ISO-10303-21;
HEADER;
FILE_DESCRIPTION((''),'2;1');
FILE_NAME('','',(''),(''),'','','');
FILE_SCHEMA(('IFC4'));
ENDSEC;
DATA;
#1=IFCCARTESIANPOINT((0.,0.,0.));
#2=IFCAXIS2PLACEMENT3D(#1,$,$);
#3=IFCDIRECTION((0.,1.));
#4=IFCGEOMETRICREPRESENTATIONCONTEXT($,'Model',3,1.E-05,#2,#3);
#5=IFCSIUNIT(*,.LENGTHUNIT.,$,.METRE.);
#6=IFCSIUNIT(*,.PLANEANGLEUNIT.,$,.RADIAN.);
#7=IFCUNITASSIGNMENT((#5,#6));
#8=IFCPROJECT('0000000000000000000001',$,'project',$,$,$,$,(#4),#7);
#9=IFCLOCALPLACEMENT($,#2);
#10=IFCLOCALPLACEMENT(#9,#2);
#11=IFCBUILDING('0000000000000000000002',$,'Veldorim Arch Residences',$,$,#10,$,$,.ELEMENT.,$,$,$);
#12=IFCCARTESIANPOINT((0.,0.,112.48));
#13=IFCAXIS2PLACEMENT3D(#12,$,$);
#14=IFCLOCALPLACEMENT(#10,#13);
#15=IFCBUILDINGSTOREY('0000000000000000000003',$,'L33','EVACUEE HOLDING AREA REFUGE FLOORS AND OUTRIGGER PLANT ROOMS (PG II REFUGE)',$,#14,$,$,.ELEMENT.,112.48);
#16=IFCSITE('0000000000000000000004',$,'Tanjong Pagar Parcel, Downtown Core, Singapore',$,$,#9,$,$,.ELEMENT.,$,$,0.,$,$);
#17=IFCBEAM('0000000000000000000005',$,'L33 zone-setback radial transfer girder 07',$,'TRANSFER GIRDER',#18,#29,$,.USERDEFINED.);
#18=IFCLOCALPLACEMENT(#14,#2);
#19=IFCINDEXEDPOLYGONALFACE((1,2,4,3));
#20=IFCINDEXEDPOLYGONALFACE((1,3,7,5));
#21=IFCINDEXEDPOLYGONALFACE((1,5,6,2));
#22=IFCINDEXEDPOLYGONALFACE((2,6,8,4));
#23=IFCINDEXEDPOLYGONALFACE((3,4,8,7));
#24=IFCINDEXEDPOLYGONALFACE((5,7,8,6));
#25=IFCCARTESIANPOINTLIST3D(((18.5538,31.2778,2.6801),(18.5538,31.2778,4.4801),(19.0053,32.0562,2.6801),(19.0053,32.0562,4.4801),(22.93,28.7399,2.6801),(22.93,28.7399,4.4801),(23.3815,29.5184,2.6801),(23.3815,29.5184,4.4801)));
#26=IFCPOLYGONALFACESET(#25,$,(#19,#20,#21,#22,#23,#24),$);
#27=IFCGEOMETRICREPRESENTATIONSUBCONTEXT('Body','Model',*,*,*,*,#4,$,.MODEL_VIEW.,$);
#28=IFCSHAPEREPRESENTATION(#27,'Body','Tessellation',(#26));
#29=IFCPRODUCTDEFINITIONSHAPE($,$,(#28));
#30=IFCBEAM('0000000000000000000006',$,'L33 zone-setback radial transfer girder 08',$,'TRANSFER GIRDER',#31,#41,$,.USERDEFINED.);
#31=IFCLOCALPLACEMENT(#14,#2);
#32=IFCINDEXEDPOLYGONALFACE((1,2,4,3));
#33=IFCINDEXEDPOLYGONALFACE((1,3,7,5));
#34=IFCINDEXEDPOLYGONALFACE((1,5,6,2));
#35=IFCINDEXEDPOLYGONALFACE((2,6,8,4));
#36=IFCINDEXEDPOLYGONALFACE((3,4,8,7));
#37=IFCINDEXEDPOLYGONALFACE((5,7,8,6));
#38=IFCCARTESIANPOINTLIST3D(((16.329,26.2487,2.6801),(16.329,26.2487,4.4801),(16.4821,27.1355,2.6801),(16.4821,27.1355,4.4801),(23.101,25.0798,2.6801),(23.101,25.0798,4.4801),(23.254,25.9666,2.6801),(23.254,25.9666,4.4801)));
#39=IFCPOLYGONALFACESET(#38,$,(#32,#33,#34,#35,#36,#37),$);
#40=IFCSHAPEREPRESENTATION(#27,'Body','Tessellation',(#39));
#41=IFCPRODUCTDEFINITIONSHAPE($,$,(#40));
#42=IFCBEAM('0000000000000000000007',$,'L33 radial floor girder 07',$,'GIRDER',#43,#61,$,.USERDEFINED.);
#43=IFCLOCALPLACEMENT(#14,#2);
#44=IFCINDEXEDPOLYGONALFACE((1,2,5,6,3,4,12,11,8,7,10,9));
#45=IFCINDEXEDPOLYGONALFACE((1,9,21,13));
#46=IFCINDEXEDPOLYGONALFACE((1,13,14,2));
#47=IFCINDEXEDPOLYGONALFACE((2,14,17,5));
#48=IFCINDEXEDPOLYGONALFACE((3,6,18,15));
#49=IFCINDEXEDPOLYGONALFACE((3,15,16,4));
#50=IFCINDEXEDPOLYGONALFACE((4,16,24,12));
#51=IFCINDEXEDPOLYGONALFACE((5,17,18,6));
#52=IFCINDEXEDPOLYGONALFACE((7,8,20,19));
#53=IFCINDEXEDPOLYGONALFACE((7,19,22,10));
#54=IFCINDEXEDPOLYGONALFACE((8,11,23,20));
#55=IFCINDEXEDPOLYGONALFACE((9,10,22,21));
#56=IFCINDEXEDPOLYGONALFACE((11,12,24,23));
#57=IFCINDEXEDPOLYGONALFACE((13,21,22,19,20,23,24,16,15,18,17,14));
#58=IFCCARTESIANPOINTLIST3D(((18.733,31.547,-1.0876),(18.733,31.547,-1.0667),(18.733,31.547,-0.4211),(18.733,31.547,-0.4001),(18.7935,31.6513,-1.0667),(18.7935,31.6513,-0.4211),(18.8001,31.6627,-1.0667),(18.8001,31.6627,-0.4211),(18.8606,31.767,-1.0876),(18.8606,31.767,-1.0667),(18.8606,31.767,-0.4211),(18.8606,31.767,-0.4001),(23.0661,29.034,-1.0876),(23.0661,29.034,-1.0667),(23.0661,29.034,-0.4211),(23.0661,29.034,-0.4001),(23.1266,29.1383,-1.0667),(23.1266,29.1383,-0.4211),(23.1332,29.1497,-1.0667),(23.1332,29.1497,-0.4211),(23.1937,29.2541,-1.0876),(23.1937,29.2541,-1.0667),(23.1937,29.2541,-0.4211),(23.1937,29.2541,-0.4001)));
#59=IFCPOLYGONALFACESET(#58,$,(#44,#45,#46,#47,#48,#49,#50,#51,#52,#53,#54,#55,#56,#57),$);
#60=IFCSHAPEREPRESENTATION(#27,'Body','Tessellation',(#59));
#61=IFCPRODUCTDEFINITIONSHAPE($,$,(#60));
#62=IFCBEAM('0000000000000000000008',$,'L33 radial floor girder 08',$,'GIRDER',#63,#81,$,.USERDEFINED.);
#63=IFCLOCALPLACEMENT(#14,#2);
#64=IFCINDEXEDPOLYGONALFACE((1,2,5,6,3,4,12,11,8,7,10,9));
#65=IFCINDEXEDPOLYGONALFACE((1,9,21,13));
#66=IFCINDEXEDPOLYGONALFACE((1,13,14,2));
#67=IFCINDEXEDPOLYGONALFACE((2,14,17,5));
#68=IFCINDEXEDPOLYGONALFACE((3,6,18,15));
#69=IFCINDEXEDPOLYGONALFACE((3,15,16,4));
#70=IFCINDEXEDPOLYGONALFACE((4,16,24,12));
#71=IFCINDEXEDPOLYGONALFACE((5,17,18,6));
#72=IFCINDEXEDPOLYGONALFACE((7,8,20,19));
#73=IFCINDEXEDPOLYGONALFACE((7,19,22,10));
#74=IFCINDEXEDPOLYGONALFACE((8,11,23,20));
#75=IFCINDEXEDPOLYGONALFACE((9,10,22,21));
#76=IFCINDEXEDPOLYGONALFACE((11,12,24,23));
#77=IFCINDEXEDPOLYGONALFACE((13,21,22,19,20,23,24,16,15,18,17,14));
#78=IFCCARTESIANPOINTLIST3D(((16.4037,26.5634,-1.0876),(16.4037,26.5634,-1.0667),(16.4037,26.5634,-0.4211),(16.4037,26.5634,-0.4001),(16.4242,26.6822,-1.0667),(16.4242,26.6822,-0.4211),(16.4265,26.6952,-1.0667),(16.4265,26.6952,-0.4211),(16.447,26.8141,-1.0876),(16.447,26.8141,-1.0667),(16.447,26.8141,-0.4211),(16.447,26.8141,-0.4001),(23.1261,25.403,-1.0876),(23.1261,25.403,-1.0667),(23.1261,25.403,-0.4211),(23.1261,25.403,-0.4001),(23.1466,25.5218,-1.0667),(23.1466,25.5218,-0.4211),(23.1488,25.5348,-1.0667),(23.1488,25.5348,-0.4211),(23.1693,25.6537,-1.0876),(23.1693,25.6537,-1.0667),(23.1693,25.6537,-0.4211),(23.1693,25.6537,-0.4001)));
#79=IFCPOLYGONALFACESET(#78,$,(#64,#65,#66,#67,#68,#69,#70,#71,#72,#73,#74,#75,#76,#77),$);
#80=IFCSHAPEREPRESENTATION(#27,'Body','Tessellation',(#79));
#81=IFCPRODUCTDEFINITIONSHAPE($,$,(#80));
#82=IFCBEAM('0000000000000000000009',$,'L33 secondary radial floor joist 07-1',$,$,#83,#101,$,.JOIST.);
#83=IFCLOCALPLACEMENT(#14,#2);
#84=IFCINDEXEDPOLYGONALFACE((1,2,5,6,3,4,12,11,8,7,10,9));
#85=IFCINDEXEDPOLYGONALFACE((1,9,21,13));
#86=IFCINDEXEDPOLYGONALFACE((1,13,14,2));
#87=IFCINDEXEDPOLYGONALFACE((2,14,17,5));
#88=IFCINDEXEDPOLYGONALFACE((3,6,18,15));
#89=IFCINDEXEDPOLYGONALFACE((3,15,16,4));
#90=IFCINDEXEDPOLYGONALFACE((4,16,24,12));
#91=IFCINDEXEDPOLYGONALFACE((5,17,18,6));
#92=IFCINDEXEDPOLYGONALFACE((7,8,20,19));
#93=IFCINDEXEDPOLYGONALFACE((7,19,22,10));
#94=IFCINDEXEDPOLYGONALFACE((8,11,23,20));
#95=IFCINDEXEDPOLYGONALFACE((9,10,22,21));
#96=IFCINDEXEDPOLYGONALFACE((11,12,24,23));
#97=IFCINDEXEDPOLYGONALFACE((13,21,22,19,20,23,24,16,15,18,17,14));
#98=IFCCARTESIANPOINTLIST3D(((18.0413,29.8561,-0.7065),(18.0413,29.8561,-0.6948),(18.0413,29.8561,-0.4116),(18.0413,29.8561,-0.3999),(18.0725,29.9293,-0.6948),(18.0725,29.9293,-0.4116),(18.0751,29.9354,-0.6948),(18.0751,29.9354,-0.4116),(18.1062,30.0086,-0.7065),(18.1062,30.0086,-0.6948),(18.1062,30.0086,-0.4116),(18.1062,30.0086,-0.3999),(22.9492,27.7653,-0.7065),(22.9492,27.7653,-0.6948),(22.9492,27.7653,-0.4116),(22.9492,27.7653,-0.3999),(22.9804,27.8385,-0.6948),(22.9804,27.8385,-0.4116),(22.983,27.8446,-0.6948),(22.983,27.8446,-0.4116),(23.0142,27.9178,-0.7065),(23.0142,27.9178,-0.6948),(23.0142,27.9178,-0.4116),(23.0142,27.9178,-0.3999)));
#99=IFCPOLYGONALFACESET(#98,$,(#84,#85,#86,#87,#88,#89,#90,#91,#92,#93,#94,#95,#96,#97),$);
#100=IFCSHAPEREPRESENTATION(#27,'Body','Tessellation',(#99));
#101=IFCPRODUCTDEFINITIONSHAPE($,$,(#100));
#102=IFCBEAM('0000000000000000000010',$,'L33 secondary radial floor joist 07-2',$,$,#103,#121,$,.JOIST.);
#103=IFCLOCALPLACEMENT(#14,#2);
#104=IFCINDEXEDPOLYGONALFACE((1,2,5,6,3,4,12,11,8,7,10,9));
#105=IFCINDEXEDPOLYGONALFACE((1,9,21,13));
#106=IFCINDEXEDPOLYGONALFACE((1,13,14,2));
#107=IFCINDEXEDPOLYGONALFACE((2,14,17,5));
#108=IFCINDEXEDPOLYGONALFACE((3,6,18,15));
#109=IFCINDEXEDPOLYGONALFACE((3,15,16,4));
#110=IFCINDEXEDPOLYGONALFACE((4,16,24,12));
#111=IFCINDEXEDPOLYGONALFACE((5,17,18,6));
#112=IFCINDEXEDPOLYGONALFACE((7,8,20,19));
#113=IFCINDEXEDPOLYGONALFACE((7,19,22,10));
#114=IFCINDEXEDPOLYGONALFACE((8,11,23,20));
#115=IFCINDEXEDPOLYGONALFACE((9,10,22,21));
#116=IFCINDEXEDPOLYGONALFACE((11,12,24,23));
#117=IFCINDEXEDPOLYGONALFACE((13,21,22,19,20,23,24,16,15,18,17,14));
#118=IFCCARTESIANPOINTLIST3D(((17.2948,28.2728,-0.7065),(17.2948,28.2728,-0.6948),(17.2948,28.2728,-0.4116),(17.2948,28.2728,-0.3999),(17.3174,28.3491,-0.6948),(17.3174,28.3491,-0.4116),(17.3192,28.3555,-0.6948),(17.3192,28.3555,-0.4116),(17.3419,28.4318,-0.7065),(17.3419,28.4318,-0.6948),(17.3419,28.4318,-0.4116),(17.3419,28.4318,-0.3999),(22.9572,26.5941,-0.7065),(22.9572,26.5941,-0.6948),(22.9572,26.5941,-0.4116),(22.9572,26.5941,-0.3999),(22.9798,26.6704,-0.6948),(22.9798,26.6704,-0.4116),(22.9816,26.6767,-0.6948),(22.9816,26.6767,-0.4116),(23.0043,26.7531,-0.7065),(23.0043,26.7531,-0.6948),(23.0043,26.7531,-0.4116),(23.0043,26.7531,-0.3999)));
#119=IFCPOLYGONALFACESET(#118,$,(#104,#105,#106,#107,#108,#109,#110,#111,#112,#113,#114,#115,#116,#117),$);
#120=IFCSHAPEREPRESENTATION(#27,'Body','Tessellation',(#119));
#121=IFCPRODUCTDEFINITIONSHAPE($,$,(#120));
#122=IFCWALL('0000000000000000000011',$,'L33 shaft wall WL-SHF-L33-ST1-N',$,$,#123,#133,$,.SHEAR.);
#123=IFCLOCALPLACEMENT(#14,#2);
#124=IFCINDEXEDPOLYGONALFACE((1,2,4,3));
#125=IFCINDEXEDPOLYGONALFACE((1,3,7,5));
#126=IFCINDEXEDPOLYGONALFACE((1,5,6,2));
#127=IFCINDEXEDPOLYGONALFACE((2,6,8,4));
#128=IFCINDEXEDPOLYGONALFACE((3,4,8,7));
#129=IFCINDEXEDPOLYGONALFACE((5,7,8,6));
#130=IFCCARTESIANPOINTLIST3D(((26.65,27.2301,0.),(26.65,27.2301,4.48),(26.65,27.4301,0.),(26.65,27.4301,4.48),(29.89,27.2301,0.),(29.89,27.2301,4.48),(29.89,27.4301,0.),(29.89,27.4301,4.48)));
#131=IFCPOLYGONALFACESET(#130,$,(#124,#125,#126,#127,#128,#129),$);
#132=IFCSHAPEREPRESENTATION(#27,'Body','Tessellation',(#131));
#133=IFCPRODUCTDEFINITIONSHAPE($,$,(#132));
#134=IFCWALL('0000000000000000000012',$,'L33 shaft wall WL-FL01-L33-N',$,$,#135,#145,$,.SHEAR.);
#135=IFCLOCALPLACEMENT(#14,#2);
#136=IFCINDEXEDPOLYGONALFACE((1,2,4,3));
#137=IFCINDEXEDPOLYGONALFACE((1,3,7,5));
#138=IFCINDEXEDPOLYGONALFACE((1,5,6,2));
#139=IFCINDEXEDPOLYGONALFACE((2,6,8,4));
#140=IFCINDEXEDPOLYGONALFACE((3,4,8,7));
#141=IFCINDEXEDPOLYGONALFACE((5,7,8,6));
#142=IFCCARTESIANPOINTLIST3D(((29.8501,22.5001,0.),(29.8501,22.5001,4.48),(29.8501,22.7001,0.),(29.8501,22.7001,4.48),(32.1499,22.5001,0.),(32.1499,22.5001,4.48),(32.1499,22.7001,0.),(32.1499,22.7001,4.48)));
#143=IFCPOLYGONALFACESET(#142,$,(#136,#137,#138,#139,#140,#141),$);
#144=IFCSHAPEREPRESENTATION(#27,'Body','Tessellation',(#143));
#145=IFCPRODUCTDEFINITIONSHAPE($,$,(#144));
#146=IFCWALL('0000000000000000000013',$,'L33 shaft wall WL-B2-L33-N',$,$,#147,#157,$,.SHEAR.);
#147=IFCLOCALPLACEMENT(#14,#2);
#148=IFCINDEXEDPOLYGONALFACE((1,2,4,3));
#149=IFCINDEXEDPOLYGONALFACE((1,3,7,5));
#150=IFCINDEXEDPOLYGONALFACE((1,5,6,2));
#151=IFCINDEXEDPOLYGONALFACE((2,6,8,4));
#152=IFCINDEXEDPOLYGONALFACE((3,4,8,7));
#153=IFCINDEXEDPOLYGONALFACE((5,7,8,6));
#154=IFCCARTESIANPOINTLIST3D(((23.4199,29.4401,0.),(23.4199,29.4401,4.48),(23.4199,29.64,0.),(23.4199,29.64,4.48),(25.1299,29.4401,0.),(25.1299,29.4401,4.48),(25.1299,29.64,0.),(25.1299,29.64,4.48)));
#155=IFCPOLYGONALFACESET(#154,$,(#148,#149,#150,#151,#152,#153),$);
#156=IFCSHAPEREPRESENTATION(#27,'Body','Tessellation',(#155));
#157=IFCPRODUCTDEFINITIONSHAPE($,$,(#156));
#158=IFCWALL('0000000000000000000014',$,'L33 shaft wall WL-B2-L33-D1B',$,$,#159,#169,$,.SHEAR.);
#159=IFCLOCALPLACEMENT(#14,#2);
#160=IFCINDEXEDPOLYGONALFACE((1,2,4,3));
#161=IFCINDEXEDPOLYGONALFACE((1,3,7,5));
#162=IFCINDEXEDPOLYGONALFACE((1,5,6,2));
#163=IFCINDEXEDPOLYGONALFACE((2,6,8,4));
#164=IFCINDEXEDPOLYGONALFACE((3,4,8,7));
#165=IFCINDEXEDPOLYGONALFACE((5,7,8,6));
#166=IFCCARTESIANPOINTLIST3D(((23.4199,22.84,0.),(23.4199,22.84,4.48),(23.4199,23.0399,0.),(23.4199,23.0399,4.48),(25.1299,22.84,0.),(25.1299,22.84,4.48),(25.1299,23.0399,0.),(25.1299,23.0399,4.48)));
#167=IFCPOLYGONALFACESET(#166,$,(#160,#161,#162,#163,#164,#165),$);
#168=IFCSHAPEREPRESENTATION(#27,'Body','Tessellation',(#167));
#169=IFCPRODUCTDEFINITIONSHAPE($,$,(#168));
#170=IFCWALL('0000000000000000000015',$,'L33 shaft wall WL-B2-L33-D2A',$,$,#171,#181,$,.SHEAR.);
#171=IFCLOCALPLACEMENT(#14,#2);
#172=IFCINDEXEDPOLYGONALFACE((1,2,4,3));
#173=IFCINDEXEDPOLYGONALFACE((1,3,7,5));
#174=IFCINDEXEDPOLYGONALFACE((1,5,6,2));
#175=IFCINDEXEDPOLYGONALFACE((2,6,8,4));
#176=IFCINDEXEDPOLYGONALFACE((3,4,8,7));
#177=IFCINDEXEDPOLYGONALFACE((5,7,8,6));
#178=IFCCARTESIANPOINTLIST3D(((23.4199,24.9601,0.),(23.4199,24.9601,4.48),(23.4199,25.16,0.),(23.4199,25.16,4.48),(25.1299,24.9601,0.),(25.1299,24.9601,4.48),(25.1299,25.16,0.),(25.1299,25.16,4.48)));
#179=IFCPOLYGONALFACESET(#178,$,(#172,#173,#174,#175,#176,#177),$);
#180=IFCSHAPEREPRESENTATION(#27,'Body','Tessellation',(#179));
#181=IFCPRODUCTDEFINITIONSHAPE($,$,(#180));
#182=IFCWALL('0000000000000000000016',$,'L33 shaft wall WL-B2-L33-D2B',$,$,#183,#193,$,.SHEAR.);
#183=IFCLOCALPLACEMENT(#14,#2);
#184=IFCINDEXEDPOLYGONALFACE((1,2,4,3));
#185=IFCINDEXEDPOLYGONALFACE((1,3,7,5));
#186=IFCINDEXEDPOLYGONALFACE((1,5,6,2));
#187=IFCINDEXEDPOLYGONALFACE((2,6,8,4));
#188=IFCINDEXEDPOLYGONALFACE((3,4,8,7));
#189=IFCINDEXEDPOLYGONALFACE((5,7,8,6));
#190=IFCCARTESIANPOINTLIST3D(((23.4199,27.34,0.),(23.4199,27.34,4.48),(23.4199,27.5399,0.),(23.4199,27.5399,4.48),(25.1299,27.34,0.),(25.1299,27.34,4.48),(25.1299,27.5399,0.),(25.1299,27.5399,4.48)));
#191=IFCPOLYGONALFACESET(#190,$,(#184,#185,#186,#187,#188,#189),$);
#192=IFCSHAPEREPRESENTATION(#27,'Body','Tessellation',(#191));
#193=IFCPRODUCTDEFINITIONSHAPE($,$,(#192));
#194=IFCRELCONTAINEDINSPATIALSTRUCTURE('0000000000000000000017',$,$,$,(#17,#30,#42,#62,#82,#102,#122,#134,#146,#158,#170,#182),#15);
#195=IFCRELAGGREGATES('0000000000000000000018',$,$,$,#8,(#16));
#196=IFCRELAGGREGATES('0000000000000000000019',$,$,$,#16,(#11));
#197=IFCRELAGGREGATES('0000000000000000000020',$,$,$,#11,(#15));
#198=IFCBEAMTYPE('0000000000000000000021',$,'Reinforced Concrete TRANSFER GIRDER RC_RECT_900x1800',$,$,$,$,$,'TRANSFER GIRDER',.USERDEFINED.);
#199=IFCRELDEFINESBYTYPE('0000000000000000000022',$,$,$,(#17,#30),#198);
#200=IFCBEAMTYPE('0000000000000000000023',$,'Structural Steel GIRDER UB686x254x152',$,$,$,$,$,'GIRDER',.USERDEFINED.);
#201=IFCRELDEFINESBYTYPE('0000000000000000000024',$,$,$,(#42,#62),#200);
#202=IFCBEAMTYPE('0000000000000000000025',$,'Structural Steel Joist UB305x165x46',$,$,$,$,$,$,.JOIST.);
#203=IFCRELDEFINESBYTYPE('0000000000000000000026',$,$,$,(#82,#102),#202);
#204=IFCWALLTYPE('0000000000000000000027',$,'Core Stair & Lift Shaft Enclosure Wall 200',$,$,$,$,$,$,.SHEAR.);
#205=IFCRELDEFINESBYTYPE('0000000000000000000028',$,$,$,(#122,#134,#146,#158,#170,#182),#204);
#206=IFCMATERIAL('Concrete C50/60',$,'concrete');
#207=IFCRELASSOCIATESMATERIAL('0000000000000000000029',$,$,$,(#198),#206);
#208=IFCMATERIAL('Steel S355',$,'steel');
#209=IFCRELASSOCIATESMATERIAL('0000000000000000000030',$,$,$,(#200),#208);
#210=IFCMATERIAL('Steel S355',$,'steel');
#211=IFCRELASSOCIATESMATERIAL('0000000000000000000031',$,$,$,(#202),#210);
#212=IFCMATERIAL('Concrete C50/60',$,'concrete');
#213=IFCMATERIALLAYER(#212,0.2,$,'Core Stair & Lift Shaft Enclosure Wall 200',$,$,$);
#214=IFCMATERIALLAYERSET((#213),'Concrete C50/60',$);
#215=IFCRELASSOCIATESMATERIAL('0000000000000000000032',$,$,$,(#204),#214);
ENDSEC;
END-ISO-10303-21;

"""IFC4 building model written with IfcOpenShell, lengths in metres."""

from ifc_helpers import new_model, si_unit, direction, frame, frame_2d, origin, origin_2d, place, context, subcontext, project, spatial, rectangle, i_section, extrude, material, layer, layer_set, material_profile, profile_set, type_object, element, save


model = new_model("IFC4")

# Units and contexts
model_context = context("Model", 3, precision=1e-05, world=origin(), true_north=direction((0.0, 1.0)))
body_context = subcontext(model_context, "Body", "Model", "MODEL_VIEW")
ifc_project = project(units=[si_unit("LENGTHUNIT", "METRE"), si_unit("PLANEANGLEUNIT", "RADIAN")], contexts=[model_context])

# Site, building, storey
site_placement = place(None, origin())
site = spatial("IfcSite", under=ifc_project, at=site_placement, Name="Tanjong Pagar Parcel, Downtown Core, Singapore", CompositionType="ELEMENT", RefElevation=0.0)
building_placement = place(site_placement, origin())
building = spatial("IfcBuilding", under=site, at=building_placement, Name="Veldorim Arch Residences", CompositionType="ELEMENT")
storey_placement = place(building_placement, frame((0.0, 0.0, 112.48)))
storey = spatial("IfcBuildingStorey", under=building, at=storey_placement, Name="L33", Description="EVACUEE HOLDING AREA REFUGE FLOORS AND OUTRIGGER PLANT ROOMS (PG II REFUGE)", CompositionType="ELEMENT", Elevation=112.48)

# Beams
ifc_material_1 = material(Name="Concrete C50/60", Category="concrete")
ifc_material_profile_1 = material_profile(ifc_material_1, rectangle(XDim=0.8999, YDim=1.8, at=origin_2d()), Name="RC_RECT_900x1800")
ifc_profile_set_1 = profile_set([ifc_material_profile_1], Name="Concrete C50/60")
beam_type_1 = type_object("IfcBeamType", Name="Reinforced Concrete TRANSFER GIRDER RC_RECT_900x1800", ElementType="TRANSFER GIRDER", PredefinedType="USERDEFINED", material=ifc_profile_set_1)
beam_1_placement = place(storey_placement, frame((23.1558, 29.1292, 3.5801), z_axis=(-0.865063, 0.501664, 0.0), x_axis=(-0.501664, -0.865063, 0.0)))
element("IfcBeam", 1, at=beam_1_placement, inside=storey, type_object=beam_type_1, Name="L33 zone-setback radial transfer girder 07", ObjectType="TRANSFER GIRDER", PredefinedType="USERDEFINED", context=body_context, shape_type="SweptSolid", body=[
    extrude(rectangle(XDim=0.8999, YDim=1.8, at=origin_2d()), origin(), (0.0, 0.0, 1.0), 5.0588),
])
beam_2_placement = place(storey_placement, frame((23.1775, 25.5232, 3.5801), z_axis=(-0.985427, 0.1701, 0.0), x_axis=(-0.1701, -0.985427, 0.0)))
element("IfcBeam", 2, at=beam_2_placement, inside=storey, type_object=beam_type_1, Name="L33 zone-setback radial transfer girder 08", ObjectType="TRANSFER GIRDER", PredefinedType="USERDEFINED", context=body_context, shape_type="SweptSolid", body=[
    extrude(rectangle(XDim=0.8999, YDim=1.8, at=origin_2d()), origin(), (0.0, 0.0, 1.0), 6.8721),
])
ifc_material_2 = material(Name="Steel S355", Category="steel")
ifc_material_profile_2 = material_profile(ifc_material_2, i_section(OverallWidth=0.2544, OverallDepth=0.6875, WebThickness=0.0132, FlangeThickness=0.021, at=origin_2d()), Name="UB686x254x152")
ifc_profile_set_2 = profile_set([ifc_material_profile_2], Name="Steel S355")
beam_type_2 = type_object("IfcBeamType", Name="Structural Steel GIRDER UB686x254x152", ElementType="GIRDER", PredefinedType="USERDEFINED", material=ifc_profile_set_2)
beam_3_placement = place(storey_placement, frame((23.1299, 29.144, -0.7439), z_axis=(-0.865049, 0.501687, 0.0), x_axis=(-0.501687, -0.865049, 0.0)))
element("IfcBeam", 3, at=beam_3_placement, inside=storey, type_object=beam_type_2, Name="L33 radial floor girder 07", ObjectType="GIRDER", PredefinedType="USERDEFINED", context=body_context, shape_type="SweptSolid", body=[
    extrude(i_section(OverallWidth=0.2544, OverallDepth=0.6875, WebThickness=0.0132, FlangeThickness=0.021, at=origin_2d()), origin(), (0.0, 0.0, 1.0), 5.009),
])
beam_4_placement = place(storey_placement, frame((23.1477, 25.5283, -0.7439), z_axis=(-0.985427, 0.170101, 0.0), x_axis=(-0.170101, -0.985427, 0.0)))
element("IfcBeam", 4, at=beam_4_placement, inside=storey, type_object=beam_type_2, Name="L33 radial floor girder 08", ObjectType="GIRDER", PredefinedType="USERDEFINED", context=body_context, shape_type="SweptSolid", body=[
    extrude(i_section(OverallWidth=0.2544, OverallDepth=0.6875, WebThickness=0.0132, FlangeThickness=0.021, at=origin_2d()), origin(), (0.0, 0.0, 1.0), 6.8218),
])
ifc_material_3 = material(Name="Steel S355", Category="steel")
ifc_material_profile_3 = material_profile(ifc_material_3, i_section(OverallWidth=0.1658, OverallDepth=0.3066, WebThickness=0.0066, FlangeThickness=0.0117, at=origin_2d()), Name="UB305x165x46")
ifc_profile_set_3 = profile_set([ifc_material_profile_3], Name="Steel S355")
beam_type_3 = type_object("IfcBeamType", Name="Structural Steel Joist UB305x165x46", PredefinedType="JOIST", material=ifc_profile_set_3)
beam_5_placement = place(storey_placement, frame((22.9817, 27.8416, -0.5532), z_axis=(-0.919997, 0.391924, 0.0), x_axis=(-0.391924, -0.919997, 0.0)))
element("IfcBeam", 5, at=beam_5_placement, inside=storey, type_object=beam_type_3, Name="L33 secondary radial floor joist 07-1", PredefinedType="JOIST", context=body_context, shape_type="SweptSolid", body=[
    extrude(i_section(OverallWidth=0.1658, OverallDepth=0.3066, WebThickness=0.0066, FlangeThickness=0.0117, at=origin_2d()), origin(), (0.0, 0.0, 1.0), 5.3347),
])
beam_6_placement = place(storey_placement, frame((22.9807, 26.6736, -0.5532), z_axis=(-0.958753, 0.28424, 0.0), x_axis=(-0.28424, -0.958753, 0.0)))
element("IfcBeam", 6, at=beam_6_placement, inside=storey, type_object=beam_type_3, Name="L33 secondary radial floor joist 07-2", PredefinedType="JOIST", context=body_context, shape_type="SweptSolid", body=[
    extrude(i_section(OverallWidth=0.1658, OverallDepth=0.3066, WebThickness=0.0066, FlangeThickness=0.0117, at=origin_2d()), origin(), (0.0, 0.0, 1.0), 5.906),
])

# Walls
ifc_material_4 = material(Name="Concrete C50/60", Category="concrete")
ifc_layer_1 = layer(ifc_material_4, 0.2, Name="Core Stair & Lift Shaft Enclosure Wall 200")
ifc_layer_set_1 = layer_set([ifc_layer_1], Name="Concrete C50/60")
wall_type_1 = type_object("IfcWallType", Name="Core Stair & Lift Shaft Enclosure Wall 200", PredefinedType="SHEAR", material=ifc_layer_set_1)
wall_1_placement = place(storey_placement, frame((26.6499, 27.3301, 0.0), z_axis=(0.0, 0.0, 1.0), x_axis=(1.0, 0.0, 0.0)))
element("IfcWall", 7, at=wall_1_placement, inside=storey, type_object=wall_type_1, Name="L33 shaft wall WL-SHF-L33-ST1-N", PredefinedType="SHEAR", context=body_context, shape_type="SweptSolid", body=[
    extrude(rectangle(XDim=3.24, YDim=0.2, at=frame_2d((1.6201, 0.0))), origin(), (0.0, 0.0, 1.0), 4.48),
])
wall_2_placement = place(storey_placement, frame((29.8501, 22.6001, 0.0), z_axis=(0.0, 0.0, 1.0), x_axis=(1.0, 0.0, 0.0)))
element("IfcWall", 8, at=wall_2_placement, inside=storey, type_object=wall_type_1, Name="L33 shaft wall WL-FL01-L33-N", PredefinedType="SHEAR", context=body_context, shape_type="SweptSolid", body=[
    extrude(rectangle(XDim=2.2998, YDim=0.2, at=frame_2d((1.1499, 0.0))), origin(), (0.0, 0.0, 1.0), 4.48),
])
for number, where, z_axis, x_axis, name in (
    (9, (23.4199, 29.54, 0.0), (0.0, 0.0, 1.0), (1.0, 0.0, 0.0), "L33 shaft wall WL-B2-L33-N"),
    (10, (23.4199, 22.9399, 0.0), (0.0, 0.0, 1.0), (1.0, 0.0, 0.0), "L33 shaft wall WL-B2-L33-D1B"),
    (11, (23.4199, 25.0601, 0.0), (0.0, 0.0, 1.0), (1.0, 0.0, 0.0), "L33 shaft wall WL-B2-L33-D2A"),
    (12, (23.4199, 27.4399, 0.0), (0.0, 0.0, 1.0), (1.0, 0.0, 0.0), "L33 shaft wall WL-B2-L33-D2B"),
):
    element("IfcWall", number, at=place(storey_placement, frame(where, z_axis=z_axis, x_axis=x_axis)), inside=storey, type_object=wall_type_1, Name=name, PredefinedType="SHEAR", context=body_context, shape_type="SweptSolid", body=[
        extrude(rectangle(XDim=1.71, YDim=0.2, at=frame_2d((0.855, 0.0))), origin(), (0.0, 0.0, 1.0), 4.48),
    ])

save(model, "model.ifc")
